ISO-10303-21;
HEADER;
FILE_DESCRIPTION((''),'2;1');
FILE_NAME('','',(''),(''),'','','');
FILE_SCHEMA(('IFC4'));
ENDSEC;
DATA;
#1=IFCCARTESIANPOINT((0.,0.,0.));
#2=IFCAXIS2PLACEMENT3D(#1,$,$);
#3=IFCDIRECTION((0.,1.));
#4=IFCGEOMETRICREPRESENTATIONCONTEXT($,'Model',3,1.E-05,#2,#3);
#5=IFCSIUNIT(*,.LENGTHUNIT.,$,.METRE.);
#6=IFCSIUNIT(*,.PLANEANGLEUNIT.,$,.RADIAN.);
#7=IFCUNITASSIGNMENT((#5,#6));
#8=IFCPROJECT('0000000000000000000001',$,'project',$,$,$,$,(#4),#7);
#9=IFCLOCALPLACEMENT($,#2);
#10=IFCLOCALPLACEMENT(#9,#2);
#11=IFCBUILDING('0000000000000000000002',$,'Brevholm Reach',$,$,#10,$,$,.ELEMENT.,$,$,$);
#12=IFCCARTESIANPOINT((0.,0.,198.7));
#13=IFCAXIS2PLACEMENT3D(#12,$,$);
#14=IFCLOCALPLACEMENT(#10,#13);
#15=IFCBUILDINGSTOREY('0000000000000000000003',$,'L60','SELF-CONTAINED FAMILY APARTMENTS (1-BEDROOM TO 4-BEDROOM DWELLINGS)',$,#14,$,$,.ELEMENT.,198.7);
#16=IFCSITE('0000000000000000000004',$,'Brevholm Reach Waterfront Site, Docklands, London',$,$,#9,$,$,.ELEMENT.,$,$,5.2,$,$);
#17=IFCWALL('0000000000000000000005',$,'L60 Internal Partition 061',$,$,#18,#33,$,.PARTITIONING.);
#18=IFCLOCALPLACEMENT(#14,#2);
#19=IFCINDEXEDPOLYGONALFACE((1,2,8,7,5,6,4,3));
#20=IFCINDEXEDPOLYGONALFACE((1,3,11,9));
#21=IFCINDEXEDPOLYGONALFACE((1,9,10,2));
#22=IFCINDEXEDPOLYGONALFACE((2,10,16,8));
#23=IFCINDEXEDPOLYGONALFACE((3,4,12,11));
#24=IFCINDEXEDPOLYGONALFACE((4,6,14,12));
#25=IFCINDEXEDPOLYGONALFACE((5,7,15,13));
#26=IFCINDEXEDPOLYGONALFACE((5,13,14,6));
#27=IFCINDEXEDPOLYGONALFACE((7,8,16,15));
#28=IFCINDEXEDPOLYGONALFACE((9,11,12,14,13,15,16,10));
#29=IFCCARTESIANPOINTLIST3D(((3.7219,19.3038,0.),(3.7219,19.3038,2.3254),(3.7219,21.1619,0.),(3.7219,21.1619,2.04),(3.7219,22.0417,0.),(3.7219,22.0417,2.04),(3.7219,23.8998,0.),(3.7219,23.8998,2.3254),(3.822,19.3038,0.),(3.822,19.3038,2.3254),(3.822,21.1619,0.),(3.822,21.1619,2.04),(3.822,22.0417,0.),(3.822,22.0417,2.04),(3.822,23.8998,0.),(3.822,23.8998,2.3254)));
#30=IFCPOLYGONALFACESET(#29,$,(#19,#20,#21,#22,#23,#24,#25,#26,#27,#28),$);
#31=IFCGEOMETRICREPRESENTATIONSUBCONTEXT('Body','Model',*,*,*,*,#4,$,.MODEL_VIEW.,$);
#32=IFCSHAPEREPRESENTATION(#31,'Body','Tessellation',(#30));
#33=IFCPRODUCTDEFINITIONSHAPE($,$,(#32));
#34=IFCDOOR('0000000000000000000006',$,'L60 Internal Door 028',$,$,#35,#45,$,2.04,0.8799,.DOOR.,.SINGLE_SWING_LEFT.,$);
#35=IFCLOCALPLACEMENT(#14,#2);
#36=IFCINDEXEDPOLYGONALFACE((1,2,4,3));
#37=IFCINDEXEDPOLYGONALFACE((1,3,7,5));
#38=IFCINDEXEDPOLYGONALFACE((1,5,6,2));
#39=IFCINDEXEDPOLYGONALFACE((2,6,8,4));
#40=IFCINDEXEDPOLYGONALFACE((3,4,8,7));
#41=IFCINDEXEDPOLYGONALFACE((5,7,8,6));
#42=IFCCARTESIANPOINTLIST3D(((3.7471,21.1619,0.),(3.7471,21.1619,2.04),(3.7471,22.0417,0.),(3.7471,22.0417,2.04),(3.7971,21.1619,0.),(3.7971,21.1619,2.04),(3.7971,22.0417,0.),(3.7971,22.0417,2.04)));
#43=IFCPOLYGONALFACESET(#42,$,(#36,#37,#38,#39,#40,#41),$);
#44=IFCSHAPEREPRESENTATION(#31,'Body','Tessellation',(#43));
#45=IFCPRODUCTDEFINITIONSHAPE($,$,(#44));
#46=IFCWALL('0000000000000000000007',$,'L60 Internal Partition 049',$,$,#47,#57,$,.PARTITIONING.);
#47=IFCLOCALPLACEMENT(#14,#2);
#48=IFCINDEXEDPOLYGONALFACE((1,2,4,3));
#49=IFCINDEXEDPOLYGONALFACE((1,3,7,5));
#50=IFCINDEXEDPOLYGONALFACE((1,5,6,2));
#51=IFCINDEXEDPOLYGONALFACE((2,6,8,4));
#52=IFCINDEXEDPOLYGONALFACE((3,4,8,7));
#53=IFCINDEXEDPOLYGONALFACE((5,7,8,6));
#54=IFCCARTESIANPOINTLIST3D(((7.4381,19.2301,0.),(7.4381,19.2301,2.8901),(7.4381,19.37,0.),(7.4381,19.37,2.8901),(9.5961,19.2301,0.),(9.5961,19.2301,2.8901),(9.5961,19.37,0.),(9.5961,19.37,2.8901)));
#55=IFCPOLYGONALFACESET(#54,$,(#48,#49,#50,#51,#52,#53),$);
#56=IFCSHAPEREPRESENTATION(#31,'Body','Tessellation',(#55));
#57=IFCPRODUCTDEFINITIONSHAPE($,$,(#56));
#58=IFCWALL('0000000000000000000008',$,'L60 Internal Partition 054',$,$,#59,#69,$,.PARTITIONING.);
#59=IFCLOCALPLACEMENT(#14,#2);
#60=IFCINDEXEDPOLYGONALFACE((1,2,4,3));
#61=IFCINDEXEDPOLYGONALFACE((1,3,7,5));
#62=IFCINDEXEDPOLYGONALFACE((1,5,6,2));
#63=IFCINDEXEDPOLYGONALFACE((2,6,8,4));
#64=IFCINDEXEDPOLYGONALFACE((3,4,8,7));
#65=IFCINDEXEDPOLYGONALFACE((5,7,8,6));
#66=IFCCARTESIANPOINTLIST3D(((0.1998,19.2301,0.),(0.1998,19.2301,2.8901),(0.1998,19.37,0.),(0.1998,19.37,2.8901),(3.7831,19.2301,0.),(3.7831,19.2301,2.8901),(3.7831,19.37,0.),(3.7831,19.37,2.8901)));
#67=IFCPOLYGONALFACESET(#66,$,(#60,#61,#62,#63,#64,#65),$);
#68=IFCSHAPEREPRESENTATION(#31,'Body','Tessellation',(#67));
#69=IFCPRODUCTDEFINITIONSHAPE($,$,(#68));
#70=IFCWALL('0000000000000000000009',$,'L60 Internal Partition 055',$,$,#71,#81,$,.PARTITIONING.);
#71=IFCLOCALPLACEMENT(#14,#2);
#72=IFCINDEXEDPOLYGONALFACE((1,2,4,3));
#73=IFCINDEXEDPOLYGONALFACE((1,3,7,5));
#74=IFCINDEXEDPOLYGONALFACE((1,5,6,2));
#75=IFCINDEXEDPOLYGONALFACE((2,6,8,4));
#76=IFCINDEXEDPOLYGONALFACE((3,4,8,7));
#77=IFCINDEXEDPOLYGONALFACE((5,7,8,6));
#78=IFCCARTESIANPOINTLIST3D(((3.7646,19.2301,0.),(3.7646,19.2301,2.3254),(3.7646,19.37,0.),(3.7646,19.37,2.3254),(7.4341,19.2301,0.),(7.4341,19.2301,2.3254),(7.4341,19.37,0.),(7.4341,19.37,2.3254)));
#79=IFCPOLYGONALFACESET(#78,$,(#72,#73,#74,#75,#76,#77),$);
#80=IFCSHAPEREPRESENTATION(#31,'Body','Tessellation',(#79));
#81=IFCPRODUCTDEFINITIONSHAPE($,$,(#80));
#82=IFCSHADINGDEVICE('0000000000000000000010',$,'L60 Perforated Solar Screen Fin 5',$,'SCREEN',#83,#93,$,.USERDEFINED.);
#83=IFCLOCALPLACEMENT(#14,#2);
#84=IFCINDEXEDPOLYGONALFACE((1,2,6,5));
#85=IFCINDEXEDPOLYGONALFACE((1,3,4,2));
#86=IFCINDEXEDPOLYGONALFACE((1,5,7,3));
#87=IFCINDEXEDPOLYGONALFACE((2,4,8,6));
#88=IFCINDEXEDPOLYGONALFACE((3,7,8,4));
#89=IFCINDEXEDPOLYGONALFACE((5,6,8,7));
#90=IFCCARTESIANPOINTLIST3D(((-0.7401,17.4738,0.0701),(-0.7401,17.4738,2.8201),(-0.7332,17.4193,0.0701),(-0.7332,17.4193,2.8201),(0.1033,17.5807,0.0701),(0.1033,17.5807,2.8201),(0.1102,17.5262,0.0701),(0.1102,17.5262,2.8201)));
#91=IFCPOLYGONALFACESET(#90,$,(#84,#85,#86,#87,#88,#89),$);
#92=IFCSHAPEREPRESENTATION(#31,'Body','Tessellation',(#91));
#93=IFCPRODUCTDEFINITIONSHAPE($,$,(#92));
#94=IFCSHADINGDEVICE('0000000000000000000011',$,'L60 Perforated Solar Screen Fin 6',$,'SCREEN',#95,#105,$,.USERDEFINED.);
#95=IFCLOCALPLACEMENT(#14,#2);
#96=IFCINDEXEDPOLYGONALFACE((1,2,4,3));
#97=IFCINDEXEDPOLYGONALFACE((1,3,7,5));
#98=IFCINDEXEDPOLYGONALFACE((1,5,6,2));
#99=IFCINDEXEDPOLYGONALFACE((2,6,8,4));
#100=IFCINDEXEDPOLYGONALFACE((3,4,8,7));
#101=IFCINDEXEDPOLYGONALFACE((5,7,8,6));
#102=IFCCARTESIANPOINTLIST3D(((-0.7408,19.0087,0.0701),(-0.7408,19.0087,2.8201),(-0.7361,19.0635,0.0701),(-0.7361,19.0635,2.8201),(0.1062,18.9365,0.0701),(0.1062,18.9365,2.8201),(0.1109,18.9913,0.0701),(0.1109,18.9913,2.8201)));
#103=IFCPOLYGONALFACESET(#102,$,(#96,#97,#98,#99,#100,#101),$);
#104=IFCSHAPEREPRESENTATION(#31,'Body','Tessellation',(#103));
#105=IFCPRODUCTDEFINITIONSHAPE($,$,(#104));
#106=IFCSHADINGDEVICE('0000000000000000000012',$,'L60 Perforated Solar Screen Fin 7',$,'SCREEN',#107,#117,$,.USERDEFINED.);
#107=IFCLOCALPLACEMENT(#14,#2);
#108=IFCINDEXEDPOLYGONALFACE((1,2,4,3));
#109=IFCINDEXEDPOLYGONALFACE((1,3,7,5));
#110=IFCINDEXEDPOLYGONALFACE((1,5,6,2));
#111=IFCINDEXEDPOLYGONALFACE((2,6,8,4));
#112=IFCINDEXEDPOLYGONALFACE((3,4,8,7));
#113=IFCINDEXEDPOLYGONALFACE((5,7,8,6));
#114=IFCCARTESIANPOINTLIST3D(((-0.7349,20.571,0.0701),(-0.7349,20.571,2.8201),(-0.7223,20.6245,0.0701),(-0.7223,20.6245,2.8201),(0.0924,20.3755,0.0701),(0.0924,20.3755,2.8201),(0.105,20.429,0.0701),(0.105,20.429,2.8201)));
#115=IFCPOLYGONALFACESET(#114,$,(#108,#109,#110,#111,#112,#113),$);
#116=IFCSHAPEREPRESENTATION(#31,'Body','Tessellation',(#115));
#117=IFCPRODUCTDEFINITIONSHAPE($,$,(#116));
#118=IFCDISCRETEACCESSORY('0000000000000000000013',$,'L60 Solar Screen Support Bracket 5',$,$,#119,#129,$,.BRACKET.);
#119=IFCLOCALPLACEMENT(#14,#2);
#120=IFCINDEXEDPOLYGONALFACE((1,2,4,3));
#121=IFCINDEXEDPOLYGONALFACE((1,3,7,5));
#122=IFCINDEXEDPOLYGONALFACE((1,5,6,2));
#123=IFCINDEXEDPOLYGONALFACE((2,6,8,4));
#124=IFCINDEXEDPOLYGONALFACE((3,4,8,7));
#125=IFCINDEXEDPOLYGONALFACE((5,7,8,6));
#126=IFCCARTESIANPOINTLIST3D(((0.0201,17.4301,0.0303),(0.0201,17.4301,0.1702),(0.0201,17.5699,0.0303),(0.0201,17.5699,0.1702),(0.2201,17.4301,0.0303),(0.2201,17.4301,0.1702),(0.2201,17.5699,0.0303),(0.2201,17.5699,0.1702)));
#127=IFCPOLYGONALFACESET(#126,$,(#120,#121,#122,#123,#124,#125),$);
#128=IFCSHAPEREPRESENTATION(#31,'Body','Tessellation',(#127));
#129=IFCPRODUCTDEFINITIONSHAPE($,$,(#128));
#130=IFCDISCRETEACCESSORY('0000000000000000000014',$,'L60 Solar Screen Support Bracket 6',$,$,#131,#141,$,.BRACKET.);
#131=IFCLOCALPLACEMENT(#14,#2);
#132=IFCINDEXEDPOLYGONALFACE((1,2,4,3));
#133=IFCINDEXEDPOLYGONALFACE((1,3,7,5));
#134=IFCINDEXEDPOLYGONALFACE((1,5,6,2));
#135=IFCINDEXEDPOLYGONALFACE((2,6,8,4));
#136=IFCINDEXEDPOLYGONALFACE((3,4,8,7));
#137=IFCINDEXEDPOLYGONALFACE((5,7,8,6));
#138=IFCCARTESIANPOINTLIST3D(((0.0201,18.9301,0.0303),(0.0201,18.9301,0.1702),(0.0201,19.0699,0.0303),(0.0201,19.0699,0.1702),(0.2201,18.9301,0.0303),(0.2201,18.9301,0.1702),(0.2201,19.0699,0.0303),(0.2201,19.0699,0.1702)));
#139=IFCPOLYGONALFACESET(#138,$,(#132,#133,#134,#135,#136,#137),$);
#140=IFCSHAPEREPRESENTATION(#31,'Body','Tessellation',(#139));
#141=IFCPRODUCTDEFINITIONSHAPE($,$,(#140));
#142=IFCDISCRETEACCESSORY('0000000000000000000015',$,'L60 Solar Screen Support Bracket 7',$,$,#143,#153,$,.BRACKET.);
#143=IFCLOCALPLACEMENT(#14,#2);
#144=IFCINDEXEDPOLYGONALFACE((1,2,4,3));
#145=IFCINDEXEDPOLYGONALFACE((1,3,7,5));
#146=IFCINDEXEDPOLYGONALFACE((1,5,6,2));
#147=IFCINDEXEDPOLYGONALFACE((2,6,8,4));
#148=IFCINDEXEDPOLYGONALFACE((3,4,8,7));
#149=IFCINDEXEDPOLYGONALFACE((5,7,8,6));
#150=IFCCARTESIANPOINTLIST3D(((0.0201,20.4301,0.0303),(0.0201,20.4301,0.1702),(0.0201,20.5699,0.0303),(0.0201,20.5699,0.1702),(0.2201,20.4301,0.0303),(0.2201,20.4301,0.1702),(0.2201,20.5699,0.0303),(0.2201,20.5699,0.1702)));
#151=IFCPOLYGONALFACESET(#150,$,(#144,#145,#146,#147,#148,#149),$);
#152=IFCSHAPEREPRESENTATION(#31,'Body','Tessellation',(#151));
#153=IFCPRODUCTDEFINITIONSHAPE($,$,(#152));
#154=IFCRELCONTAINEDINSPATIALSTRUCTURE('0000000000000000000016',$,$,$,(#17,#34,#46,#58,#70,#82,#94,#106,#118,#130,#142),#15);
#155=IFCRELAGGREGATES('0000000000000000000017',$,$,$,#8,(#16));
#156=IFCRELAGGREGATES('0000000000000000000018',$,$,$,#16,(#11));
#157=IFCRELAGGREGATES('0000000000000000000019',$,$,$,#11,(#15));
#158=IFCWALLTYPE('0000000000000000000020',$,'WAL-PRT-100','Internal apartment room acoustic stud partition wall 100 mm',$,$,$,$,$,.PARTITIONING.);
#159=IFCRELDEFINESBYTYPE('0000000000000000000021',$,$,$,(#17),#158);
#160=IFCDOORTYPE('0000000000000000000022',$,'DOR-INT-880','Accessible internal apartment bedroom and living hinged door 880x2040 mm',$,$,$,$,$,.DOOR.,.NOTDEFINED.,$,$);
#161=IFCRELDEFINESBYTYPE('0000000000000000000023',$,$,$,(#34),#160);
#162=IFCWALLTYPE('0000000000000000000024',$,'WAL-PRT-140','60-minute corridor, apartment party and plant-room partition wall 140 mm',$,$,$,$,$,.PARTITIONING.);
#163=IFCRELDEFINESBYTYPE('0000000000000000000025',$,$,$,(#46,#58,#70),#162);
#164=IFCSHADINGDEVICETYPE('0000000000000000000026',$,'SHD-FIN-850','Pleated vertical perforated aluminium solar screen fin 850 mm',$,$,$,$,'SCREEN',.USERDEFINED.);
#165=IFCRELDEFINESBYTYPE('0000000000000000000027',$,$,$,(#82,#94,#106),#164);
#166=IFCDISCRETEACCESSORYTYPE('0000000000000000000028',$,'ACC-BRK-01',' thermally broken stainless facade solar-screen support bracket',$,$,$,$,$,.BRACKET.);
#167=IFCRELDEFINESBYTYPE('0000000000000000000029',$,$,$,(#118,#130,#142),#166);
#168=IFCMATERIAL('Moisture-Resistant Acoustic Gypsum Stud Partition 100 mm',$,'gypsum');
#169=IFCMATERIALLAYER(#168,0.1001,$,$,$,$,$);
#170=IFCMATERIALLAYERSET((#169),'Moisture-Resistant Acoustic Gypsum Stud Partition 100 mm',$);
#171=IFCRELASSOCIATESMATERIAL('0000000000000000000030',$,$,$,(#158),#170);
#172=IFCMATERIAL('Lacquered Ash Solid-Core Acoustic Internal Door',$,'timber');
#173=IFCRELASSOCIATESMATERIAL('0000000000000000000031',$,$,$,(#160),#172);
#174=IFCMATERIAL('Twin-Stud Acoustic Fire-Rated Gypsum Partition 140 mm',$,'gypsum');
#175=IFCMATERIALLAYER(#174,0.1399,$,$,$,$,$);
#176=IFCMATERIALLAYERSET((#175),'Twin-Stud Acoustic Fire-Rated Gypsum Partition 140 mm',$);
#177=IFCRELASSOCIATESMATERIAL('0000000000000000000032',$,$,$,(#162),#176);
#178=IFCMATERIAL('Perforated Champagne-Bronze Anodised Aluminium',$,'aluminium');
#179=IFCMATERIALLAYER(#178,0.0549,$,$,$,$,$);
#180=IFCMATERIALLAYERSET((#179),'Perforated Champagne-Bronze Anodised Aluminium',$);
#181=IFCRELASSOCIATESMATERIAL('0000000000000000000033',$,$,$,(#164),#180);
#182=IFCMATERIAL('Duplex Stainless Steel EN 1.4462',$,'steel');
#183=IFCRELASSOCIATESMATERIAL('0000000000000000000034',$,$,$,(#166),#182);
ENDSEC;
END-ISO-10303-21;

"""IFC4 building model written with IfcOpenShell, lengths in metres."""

from ifc_helpers import new_model, si_unit, direction, frame, frame_2d, origin, origin_2d, place, context, subcontext, project, spatial, rectangle, extrude, material, layer, layer_set, type_object, element, fill, save


model = new_model("IFC4")

# Units and contexts
model_context = context("Model", 3, precision=1e-05, world=origin(), true_north=direction((0.0, 1.0)))
body_context = subcontext(model_context, "Body", "Model", "MODEL_VIEW")
ifc_project = project(units=[si_unit("LENGTHUNIT", "METRE"), si_unit("PLANEANGLEUNIT", "RADIAN")], contexts=[model_context])

# Site, building, storey
site_placement = place(None, origin())
site = spatial("IfcSite", under=ifc_project, at=site_placement, Name="Brevholm Reach Waterfront Site, Docklands, London", CompositionType="ELEMENT", RefElevation=5.2)
building_placement = place(site_placement, origin())
building = spatial("IfcBuilding", under=site, at=building_placement, Name="Brevholm Reach", CompositionType="ELEMENT")
storey_placement = place(building_placement, frame((0.0, 0.0, 198.7)))
storey = spatial("IfcBuildingStorey", under=building, at=storey_placement, Name="L60", Description="SELF-CONTAINED FAMILY APARTMENTS (1-BEDROOM TO 4-BEDROOM DWELLINGS)", CompositionType="ELEMENT", Elevation=198.7)

# Shared definitions
ifc_material_1 = material(Name="Moisture-Resistant Acoustic Gypsum Stud Partition 100 mm", Category="gypsum")
ifc_layer_1 = layer(ifc_material_1, 0.1001)
ifc_layer_set_1 = layer_set([ifc_layer_1], Name="Moisture-Resistant Acoustic Gypsum Stud Partition 100 mm")
wall_type_1 = type_object("IfcWallType", Name="WAL-PRT-100", Description="Internal apartment room acoustic stud partition wall 100 mm", PredefinedType="PARTITIONING", material=ifc_layer_set_1)

# Wall, opening, door
wall_1_placement = place(storey_placement, frame((3.772, 19.304, 0.0), z_axis=(0.0, 0.0, 1.0), x_axis=(0.0, 1.0, 0.0)))
wall_1 = element("IfcWall", 1, at=wall_1_placement, inside=storey, type_object=wall_type_1, Name="L60 Internal Partition 061", PredefinedType="PARTITIONING", context=body_context, shape_type="SweptSolid", body=[
    extrude(rectangle(XDim=4.5959, YDim=0.1001, at=frame_2d((2.2979, 0.0))), origin(), (0.0, 0.0, 1.0), 2.3254),
])
opening_1_placement = place(wall_1_placement, frame((1.8579, 0.0, 0.0)))
opening_1 = element("IfcOpeningElement", 2, at=opening_1_placement, cuts=wall_1, PredefinedType="OPENING", context=body_context, shape_type="SweptSolid", body=[
    extrude(rectangle(XDim=0.8799, YDim=2.04, at=frame_2d((0.4399, 1.02))), frame((0.0, 0.0601, 0.0), z_axis=(0.0, -1.0, 0.0), x_axis=(1.0, 0.0, 0.0)), (0.0, 0.0, 1.0), 0.1201),
])
ifc_material_2 = material(Name="Lacquered Ash Solid-Core Acoustic Internal Door", Category="timber")
door_type_1 = type_object("IfcDoorType", Name="DOR-INT-880", Description="Accessible internal apartment bedroom and living hinged door 880x2040 mm", OperationType="NOTDEFINED", PredefinedType="DOOR", material=ifc_material_2)
door_1_placement = place(opening_1_placement, origin())
door_1 = element("IfcDoor", 3, at=door_1_placement, inside=storey, type_object=door_type_1, Name="L60 Internal Door 028", OperationType="SINGLE_SWING_LEFT", OverallHeight=2.04, OverallWidth=0.8799, PredefinedType="DOOR", context=body_context, shape_type="SweptSolid", body=[
    extrude(rectangle(XDim=0.8799, YDim=2.04, at=frame_2d((0.4399, 1.02))), frame((0.0, 0.0249, 0.0), z_axis=(0.0, -1.0, 0.0), x_axis=(1.0, 0.0, 0.0)), (0.0, 0.0, 1.0), 0.05),
])
fill(opening_1, door_1)

# Walls
ifc_material_3 = material(Name="Twin-Stud Acoustic Fire-Rated Gypsum Partition 140 mm", Category="gypsum")
ifc_layer_2 = layer(ifc_material_3, 0.1399)
ifc_layer_set_2 = layer_set([ifc_layer_2], Name="Twin-Stud Acoustic Fire-Rated Gypsum Partition 140 mm")
wall_type_2 = type_object("IfcWallType", Name="WAL-PRT-140", Description="60-minute corridor, apartment party and plant-room partition wall 140 mm", PredefinedType="PARTITIONING", material=ifc_layer_set_2)
wall_2_placement = place(storey_placement, frame((7.438, 19.3, 0.0), z_axis=(0.0, 0.0, 1.0), x_axis=(1.0, 0.0, 0.0)))
element("IfcWall", 4, at=wall_2_placement, inside=storey, type_object=wall_type_2, Name="L60 Internal Partition 049", PredefinedType="PARTITIONING", context=body_context, shape_type="SweptSolid", body=[
    extrude(rectangle(XDim=2.158, YDim=0.1399, at=frame_2d((1.0791, 0.0))), origin(), (0.0, 0.0, 1.0), 2.8901),
])
wall_3_placement = place(storey_placement, frame((0.2, 19.3, 0.0), z_axis=(0.0, 0.0, 1.0), x_axis=(1.0, 0.0, 0.0)))
element("IfcWall", 5, at=wall_3_placement, inside=storey, type_object=wall_type_2, Name="L60 Internal Partition 054", PredefinedType="PARTITIONING", context=body_context, shape_type="SweptSolid", body=[
    extrude(rectangle(XDim=3.5833, YDim=0.1399, at=frame_2d((1.7915, 0.0))), origin(), (0.0, 0.0, 1.0), 2.8901),
])
wall_4_placement = place(storey_placement, frame((3.7646, 19.3, 0.0), z_axis=(0.0, 0.0, 1.0), x_axis=(1.0, 0.0, 0.0)))
element("IfcWall", 6, at=wall_4_placement, inside=storey, type_object=wall_type_2, Name="L60 Internal Partition 055", PredefinedType="PARTITIONING", context=body_context, shape_type="SweptSolid", body=[
    extrude(rectangle(XDim=3.6694, YDim=0.1399, at=frame_2d((1.8347, 0.0))), origin(), (0.0, 0.0, 1.0), 2.3254),
])

# Shading devices
ifc_material_4 = material(Name="Perforated Champagne-Bronze Anodised Aluminium", Category="aluminium")
ifc_layer_3 = layer(ifc_material_4, 0.0549)
ifc_layer_set_3 = layer_set([ifc_layer_3], Name="Perforated Champagne-Bronze Anodised Aluminium")
shading_device_type = type_object("IfcShadingDeviceType", Name="SHD-FIN-850", Description="Pleated vertical perforated aluminium solar screen fin 850 mm", ElementType="SCREEN", PredefinedType="USERDEFINED", material=ifc_layer_set_3)
for number, where, z_axis, x_axis, name in (
    (7, (-0.3149, 17.5, 0.0701), (0.0, 0.0, 1.0), (-0.992058, -0.125783, 0.0), "L60 Perforated Solar Screen Fin 5"),
    (8, (-0.3149, 19.0, 0.0701), (0.0, 0.0, 1.0), (-0.99639, 0.084895, 0.0), "L60 Perforated Solar Screen Fin 6"),
    (9, (-0.3149, 20.5, 0.0701), (0.0, 0.0, 1.0), (-0.973187, 0.230016, 0.0), "L60 Perforated Solar Screen Fin 7"),
):
    element("IfcShadingDevice", number, at=place(storey_placement, frame(where, z_axis=z_axis, x_axis=x_axis)), inside=storey, type_object=shading_device_type, Name=name, ObjectType="SCREEN", PredefinedType="USERDEFINED", context=body_context, shape_type="SweptSolid", body=[
        extrude(rectangle(XDim=0.8501, YDim=0.0549, at=origin_2d()), origin(), (0.0, 0.0, 1.0), 2.75),
    ])

# Discrete accessories
ifc_material_5 = material(Name="Duplex Stainless Steel EN 1.4462", Category="steel")
discrete_accessory_type = type_object("IfcDiscreteAccessoryType", Name="ACC-BRK-01", Description=" thermally broken stainless facade solar-screen support bracket", PredefinedType="BRACKET", material=ifc_material_5)
for number, where, z_axis, x_axis, name in (
    (10, (0.1201, 17.5, 0.0303), (0.0, 0.0, 1.0), (-1.0, 0.0, 0.0), "L60 Solar Screen Support Bracket 5"),
    (11, (0.1201, 19.0, 0.0303), (0.0, 0.0, 1.0), (-1.0, 0.0, 0.0), "L60 Solar Screen Support Bracket 6"),
    (12, (0.1201, 20.5, 0.0303), (0.0, 0.0, 1.0), (-1.0, 0.0, 0.0), "L60 Solar Screen Support Bracket 7"),
):
    element("IfcDiscreteAccessory", number, at=place(storey_placement, frame(where, z_axis=z_axis, x_axis=x_axis)), inside=storey, type_object=discrete_accessory_type, Name=name, PredefinedType="BRACKET", context=body_context, shape_type="SweptSolid", body=[
        extrude(rectangle(XDim=0.2, YDim=0.1399, at=origin_2d()), origin(), (0.0, 0.0, 1.0), 0.1399),
    ])

save(model, "model.ifc")
